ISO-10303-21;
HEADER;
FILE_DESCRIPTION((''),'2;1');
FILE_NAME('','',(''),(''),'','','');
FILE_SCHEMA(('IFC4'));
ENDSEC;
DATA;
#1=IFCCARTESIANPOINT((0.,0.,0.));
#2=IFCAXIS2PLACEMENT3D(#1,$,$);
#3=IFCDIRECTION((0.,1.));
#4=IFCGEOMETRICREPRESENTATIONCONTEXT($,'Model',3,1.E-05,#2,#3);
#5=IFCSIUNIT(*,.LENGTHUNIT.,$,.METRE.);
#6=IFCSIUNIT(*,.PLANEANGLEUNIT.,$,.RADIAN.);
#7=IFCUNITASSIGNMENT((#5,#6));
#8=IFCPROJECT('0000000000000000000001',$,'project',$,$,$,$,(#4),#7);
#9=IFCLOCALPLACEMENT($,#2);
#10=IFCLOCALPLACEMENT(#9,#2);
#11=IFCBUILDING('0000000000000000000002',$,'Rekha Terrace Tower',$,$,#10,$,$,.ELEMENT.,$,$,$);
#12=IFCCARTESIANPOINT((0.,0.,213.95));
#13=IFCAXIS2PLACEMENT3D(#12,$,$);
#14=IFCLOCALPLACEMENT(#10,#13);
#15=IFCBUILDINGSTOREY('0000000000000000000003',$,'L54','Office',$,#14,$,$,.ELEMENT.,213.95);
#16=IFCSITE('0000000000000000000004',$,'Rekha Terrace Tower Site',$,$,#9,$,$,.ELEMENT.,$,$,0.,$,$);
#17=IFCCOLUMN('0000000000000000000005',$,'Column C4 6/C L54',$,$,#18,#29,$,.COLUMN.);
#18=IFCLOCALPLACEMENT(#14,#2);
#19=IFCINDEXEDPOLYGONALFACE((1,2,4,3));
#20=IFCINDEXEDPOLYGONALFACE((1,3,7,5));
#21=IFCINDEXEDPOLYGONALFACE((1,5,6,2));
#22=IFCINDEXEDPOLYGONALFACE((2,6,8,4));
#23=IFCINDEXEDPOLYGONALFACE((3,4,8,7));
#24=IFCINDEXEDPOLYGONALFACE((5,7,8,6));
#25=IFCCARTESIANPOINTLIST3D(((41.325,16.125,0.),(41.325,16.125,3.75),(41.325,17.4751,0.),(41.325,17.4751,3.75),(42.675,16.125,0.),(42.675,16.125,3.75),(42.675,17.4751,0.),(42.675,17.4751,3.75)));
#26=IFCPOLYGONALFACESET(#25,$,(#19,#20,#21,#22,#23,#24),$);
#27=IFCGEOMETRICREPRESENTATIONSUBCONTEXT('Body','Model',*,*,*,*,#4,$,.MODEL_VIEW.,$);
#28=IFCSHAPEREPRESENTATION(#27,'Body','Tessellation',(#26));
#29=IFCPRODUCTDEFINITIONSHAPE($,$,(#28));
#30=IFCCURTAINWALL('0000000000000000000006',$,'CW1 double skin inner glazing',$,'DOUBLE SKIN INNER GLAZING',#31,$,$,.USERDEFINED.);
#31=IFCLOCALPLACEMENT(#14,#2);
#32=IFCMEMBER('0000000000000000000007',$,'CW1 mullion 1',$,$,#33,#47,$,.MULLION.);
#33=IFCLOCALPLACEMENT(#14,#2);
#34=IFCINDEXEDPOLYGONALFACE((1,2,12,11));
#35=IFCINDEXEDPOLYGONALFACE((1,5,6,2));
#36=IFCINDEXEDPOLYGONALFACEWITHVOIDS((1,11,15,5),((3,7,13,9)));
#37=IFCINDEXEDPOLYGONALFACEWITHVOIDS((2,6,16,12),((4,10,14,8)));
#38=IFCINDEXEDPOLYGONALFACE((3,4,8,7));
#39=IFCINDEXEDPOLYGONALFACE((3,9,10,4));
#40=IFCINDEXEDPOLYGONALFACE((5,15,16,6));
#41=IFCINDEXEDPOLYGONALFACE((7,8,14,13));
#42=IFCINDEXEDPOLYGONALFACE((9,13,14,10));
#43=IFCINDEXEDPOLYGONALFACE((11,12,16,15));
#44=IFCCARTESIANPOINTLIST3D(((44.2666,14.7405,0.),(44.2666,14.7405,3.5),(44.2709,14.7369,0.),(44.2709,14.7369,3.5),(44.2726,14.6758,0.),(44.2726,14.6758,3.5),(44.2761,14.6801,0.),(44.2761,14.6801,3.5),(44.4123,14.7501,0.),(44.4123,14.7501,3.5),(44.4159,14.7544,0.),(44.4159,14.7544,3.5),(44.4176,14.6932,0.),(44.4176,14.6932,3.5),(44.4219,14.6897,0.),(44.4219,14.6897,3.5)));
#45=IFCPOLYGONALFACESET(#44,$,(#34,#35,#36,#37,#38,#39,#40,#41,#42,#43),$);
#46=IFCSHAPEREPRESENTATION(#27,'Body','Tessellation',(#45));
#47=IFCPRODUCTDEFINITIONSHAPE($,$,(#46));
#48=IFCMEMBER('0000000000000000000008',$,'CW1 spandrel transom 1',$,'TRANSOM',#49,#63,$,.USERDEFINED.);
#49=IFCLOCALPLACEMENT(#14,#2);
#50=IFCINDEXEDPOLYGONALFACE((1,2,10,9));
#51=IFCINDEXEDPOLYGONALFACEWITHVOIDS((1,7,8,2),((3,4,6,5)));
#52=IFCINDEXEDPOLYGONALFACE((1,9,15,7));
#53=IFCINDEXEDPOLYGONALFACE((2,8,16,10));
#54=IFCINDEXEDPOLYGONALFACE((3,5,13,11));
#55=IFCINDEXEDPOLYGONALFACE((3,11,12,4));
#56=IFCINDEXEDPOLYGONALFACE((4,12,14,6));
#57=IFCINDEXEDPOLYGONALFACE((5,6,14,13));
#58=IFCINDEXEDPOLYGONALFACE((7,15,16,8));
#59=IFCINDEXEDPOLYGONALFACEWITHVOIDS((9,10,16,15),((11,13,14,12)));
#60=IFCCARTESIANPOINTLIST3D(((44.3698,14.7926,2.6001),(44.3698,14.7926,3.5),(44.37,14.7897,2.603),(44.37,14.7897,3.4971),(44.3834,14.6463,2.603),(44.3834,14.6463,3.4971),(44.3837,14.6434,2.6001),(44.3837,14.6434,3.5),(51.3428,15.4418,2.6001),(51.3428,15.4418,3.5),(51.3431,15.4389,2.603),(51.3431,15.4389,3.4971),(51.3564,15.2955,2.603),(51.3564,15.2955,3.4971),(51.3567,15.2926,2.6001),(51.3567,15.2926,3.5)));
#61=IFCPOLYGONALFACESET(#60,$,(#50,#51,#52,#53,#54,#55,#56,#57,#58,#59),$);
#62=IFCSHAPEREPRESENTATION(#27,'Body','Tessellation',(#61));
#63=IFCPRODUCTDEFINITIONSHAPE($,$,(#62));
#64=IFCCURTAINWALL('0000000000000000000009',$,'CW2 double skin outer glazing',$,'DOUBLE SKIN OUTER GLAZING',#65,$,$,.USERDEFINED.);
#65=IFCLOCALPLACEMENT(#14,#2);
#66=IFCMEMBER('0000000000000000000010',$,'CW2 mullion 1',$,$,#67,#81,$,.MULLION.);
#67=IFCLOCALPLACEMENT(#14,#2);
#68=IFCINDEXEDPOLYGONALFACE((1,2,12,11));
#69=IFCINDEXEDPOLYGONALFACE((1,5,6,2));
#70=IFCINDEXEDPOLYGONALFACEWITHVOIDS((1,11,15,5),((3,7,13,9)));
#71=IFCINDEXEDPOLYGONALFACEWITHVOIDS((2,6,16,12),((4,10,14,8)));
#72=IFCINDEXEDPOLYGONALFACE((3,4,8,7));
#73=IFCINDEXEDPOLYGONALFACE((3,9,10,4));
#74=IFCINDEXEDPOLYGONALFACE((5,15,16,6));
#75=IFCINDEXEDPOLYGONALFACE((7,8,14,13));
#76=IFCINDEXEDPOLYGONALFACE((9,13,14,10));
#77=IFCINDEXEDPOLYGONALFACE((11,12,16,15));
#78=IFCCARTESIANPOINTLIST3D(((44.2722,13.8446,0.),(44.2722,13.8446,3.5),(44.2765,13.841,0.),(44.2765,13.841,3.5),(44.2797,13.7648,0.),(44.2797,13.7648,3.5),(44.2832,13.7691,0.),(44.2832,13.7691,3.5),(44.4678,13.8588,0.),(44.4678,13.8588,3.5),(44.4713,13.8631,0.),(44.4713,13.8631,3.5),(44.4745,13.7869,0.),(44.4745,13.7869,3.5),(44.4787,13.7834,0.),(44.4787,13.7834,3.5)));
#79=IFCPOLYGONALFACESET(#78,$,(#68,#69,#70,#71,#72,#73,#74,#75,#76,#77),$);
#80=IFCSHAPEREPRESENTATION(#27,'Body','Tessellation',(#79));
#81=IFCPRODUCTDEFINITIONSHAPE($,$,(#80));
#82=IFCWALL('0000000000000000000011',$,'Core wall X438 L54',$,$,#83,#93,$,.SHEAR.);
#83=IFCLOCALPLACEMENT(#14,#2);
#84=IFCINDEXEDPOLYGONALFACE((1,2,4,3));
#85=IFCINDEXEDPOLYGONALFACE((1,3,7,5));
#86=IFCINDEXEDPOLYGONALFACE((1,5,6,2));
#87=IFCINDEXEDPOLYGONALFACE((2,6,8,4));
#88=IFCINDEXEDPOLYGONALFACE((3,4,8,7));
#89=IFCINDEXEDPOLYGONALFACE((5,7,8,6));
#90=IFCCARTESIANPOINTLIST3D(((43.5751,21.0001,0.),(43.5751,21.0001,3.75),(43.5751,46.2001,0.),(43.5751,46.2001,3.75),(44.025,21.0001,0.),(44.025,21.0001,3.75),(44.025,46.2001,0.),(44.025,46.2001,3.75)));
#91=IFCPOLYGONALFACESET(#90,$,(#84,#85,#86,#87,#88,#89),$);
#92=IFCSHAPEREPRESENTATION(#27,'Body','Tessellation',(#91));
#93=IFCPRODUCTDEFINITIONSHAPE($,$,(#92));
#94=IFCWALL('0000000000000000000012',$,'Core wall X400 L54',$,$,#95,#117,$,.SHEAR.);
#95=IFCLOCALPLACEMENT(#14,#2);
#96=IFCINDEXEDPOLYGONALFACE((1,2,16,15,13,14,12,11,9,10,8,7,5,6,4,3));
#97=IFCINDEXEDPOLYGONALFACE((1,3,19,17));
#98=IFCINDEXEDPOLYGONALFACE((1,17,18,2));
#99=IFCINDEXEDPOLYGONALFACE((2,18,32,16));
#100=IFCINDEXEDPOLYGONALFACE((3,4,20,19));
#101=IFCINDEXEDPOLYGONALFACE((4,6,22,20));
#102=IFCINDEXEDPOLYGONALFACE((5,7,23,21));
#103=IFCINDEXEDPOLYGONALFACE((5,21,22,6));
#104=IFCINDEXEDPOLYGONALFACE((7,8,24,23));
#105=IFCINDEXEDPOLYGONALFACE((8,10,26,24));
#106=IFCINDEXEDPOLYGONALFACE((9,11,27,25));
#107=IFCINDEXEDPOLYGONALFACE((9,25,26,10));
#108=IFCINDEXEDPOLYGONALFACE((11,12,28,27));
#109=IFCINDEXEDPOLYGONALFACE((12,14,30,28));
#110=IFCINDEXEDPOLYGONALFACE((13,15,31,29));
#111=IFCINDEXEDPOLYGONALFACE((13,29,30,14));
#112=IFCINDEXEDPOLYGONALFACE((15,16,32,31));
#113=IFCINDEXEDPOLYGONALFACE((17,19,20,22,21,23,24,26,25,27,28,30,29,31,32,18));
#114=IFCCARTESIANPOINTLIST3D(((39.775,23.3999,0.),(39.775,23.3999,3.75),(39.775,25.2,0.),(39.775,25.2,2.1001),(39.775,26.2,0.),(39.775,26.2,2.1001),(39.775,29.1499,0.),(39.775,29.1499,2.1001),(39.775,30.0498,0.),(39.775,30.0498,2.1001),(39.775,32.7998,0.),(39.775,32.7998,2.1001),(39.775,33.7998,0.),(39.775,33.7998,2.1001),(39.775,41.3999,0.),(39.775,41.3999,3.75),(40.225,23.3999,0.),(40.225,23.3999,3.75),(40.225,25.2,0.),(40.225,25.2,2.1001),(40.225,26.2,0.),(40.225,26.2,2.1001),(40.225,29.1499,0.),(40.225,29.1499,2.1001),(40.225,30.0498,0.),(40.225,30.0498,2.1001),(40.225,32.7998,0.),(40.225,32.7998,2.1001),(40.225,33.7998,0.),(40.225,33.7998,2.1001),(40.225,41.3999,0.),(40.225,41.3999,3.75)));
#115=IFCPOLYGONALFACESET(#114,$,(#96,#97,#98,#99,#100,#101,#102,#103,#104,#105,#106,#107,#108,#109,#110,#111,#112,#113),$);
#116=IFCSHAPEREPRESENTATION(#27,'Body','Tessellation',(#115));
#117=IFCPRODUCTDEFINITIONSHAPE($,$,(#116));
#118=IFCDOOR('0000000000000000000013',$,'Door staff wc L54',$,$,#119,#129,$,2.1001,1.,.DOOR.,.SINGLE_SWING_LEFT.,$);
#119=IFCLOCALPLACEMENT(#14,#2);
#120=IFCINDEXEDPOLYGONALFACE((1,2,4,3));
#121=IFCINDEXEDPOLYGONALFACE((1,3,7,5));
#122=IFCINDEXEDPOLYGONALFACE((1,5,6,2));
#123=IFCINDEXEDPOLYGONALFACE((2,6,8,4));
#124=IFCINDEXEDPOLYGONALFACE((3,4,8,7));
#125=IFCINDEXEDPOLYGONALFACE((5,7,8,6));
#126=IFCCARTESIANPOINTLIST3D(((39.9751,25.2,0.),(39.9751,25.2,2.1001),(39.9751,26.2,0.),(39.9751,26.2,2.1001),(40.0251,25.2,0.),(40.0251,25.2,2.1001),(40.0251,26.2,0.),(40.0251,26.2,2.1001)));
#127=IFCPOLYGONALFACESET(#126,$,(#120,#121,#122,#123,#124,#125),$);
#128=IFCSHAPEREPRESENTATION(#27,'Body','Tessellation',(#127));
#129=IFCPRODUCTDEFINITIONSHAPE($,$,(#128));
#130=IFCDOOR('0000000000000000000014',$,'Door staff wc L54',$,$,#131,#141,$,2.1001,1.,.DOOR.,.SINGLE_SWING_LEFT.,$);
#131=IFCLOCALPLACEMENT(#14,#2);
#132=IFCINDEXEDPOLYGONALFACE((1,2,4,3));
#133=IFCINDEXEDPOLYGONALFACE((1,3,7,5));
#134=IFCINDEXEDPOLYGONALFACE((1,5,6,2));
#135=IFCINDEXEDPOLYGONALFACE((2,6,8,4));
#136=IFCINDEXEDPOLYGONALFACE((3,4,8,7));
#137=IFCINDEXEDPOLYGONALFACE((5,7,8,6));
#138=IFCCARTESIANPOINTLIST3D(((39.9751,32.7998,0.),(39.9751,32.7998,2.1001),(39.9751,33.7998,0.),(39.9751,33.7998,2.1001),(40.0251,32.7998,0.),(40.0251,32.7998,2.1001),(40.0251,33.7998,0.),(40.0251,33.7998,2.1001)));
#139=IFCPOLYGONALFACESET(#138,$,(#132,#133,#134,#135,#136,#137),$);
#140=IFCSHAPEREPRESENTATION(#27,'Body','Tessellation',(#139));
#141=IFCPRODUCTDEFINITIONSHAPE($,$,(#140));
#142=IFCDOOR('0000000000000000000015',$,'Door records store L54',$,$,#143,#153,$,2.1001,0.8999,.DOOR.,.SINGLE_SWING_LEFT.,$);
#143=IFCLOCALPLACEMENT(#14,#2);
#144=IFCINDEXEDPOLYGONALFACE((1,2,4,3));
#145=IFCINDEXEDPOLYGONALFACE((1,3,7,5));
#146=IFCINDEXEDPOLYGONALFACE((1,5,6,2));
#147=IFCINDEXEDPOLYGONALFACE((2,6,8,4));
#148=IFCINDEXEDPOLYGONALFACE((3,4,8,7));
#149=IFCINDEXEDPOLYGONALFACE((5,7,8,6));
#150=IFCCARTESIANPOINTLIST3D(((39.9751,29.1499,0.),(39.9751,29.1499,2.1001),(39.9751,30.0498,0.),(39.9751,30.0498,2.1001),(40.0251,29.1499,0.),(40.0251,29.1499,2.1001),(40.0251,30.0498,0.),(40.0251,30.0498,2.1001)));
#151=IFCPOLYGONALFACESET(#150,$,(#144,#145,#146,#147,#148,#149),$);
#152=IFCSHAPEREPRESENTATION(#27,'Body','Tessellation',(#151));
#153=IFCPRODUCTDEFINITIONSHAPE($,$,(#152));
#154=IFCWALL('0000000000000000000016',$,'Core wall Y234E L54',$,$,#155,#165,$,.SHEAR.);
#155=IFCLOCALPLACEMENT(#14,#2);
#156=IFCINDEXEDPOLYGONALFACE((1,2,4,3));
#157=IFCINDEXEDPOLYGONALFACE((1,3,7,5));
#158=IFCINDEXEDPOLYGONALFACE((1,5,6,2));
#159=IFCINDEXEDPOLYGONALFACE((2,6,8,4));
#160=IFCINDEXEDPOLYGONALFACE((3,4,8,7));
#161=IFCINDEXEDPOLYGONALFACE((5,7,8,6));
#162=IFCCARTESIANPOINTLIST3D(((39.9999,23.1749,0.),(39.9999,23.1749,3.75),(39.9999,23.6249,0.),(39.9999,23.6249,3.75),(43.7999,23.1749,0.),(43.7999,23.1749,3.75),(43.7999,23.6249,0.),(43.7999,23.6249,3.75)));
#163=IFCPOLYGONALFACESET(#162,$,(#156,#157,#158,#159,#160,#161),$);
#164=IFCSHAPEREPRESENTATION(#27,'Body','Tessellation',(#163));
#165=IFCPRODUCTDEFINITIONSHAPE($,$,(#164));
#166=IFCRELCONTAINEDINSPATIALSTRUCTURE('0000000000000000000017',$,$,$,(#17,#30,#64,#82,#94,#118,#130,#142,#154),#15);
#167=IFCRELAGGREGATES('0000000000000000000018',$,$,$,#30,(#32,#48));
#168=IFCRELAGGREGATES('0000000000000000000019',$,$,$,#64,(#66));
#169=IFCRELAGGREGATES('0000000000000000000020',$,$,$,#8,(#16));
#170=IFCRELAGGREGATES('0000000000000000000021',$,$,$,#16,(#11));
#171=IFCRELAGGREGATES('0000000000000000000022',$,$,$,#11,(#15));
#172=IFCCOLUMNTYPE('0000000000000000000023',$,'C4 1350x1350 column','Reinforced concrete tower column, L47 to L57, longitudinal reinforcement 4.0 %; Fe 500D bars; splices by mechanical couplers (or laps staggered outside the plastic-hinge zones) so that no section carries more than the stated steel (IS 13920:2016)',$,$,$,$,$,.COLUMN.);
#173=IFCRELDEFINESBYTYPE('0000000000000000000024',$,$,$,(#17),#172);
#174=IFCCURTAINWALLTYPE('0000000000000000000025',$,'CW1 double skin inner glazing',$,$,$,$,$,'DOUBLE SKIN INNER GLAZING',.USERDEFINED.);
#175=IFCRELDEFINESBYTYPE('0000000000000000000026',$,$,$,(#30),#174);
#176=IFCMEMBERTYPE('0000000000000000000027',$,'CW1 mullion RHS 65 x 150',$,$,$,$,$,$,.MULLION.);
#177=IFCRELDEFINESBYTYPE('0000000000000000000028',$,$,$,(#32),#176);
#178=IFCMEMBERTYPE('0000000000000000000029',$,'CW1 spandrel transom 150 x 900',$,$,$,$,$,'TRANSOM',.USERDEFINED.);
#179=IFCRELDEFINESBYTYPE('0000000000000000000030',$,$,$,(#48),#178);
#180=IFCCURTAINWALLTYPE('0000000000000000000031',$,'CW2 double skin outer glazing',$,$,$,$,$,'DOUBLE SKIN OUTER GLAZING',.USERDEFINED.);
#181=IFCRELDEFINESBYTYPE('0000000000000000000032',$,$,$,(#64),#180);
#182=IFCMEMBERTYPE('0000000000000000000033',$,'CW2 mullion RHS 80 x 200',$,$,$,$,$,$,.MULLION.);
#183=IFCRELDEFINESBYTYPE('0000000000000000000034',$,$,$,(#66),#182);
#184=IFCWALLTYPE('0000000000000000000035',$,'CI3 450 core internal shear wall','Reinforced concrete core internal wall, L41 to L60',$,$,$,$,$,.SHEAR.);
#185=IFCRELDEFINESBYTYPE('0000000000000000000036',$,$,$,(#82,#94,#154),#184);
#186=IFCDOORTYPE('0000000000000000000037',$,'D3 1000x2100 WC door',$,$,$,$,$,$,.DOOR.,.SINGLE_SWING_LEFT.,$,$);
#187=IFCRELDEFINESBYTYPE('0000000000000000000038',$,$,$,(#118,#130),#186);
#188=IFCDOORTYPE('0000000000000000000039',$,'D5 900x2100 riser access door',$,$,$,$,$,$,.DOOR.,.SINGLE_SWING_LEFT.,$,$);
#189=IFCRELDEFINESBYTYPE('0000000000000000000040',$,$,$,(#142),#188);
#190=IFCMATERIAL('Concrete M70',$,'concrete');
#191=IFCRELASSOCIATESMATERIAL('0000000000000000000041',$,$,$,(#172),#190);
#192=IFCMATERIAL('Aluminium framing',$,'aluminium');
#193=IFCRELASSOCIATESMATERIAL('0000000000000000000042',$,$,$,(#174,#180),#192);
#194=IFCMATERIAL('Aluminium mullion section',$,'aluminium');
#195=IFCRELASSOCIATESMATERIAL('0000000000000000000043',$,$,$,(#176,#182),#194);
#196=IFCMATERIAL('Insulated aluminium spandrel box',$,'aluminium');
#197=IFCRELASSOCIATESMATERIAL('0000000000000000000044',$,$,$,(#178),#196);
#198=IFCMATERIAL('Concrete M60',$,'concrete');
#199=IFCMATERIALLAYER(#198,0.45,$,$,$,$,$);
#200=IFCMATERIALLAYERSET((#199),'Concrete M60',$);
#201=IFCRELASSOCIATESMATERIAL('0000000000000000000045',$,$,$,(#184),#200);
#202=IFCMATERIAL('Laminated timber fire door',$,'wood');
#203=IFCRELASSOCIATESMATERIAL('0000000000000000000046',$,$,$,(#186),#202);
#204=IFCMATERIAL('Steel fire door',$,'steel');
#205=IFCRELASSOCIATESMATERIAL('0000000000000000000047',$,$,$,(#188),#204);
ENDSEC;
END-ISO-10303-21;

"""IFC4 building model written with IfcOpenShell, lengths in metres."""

from ifc_helpers import new_model, si_unit, direction, frame, frame_2d, origin, origin_2d, place, context, subcontext, project, spatial, rectangle, hollow_rectangle, extrude, material, layer, layer_set, material_profile, profile_set, type_object, element, fill, aggregate, save


model = new_model("IFC4")

# Units and contexts
model_context = context("Model", 3, precision=1e-05, world=origin(), true_north=direction((0.0, 1.0)))
body_context = subcontext(model_context, "Body", "Model", "MODEL_VIEW")
ifc_project = project(units=[si_unit("LENGTHUNIT", "METRE"), si_unit("PLANEANGLEUNIT", "RADIAN")], contexts=[model_context])

# Site, building, storey
site_placement = place(None, origin())
site = spatial("IfcSite", under=ifc_project, at=site_placement, Name="Rekha Terrace Tower Site", CompositionType="ELEMENT", RefElevation=0.0)
building_placement = place(site_placement, origin())
building = spatial("IfcBuilding", under=site, at=building_placement, Name="Rekha Terrace Tower", CompositionType="ELEMENT")
storey_placement = place(building_placement, frame((0.0, 0.0, 213.95)))
storey = spatial("IfcBuildingStorey", under=building, at=storey_placement, Name="L54", Description="Office", CompositionType="ELEMENT", Elevation=213.95)

# Column
ifc_material_1 = material(Name="Concrete M70", Category="concrete")
ifc_material_profile_1 = material_profile(ifc_material_1, rectangle(XDim=1.3501, YDim=1.3501, at=origin_2d()), Name="RC 1350x1350")
ifc_profile_set_1 = profile_set([ifc_material_profile_1], Name="Concrete M70")
column_type = type_object("IfcColumnType", Name="C4 1350x1350 column", Description="Reinforced concrete tower column, L47 to L57, longitudinal reinforcement 4.0 %; Fe 500D bars; splices by mechanical couplers (or laps staggered outside the plastic-hinge zones) so that no section carries more than the stated steel (IS 13920:2016)", PredefinedType="COLUMN", material=ifc_profile_set_1)
column_placement = place(storey_placement, frame((42.0, 16.8, 0.0), z_axis=(0.0, 0.0, 1.0), x_axis=(1.0, 0.0, 0.0)))
element("IfcColumn", 1, at=column_placement, inside=storey, type_object=column_type, Name="Column C4 6/C L54", PredefinedType="COLUMN", context=body_context, shape_type="SweptSolid", body=[
    extrude(rectangle(XDim=1.3501, YDim=1.3501, at=origin_2d()), origin(), (0.0, 0.0, 1.0), 3.75),
])

# Curtain wall, members
ifc_material_2 = material(Name="Aluminium framing", Category="aluminium")
curtain_wall_type_1 = type_object("IfcCurtainWallType", Name="CW1 double skin inner glazing", ElementType="DOUBLE SKIN INNER GLAZING", PredefinedType="USERDEFINED", material=ifc_material_2)
curtain_wall_1_placement = place(storey_placement, origin())
curtain_wall_1 = element("IfcCurtainWall", 2, at=curtain_wall_1_placement, inside=storey, type_object=curtain_wall_type_1, Name="CW1 double skin inner glazing", ObjectType="DOUBLE SKIN INNER GLAZING", PredefinedType="USERDEFINED")
ifc_material_3 = material(Name="Aluminium mullion section", Category="aluminium")
ifc_material_profile_2 = material_profile(ifc_material_3, hollow_rectangle(XDim=0.0649, YDim=0.1499, WallThickness=0.0039, at=origin_2d()), Name="AL RHS 65x150")
ifc_profile_set_2 = profile_set([ifc_material_profile_2], Name="Aluminium mullion section")
member_type_1 = type_object("IfcMemberType", Name="CW1 mullion RHS 65 x 150", PredefinedType="MULLION", material=ifc_profile_set_2)
member_1_placement = place(storey_placement, frame((44.3442, 14.7151, 0.0), z_axis=(0.0, 0.0, 1.0), x_axis=(-0.092709, 0.995693, 0.0)))
member_1 = element("IfcMember", 3, at=member_1_placement, type_object=member_type_1, Name="CW1 mullion 1", PredefinedType="MULLION", context=body_context, shape_type="SweptSolid", body=[
    extrude(hollow_rectangle(XDim=0.0649, YDim=0.1499, WallThickness=0.0039, at=origin_2d()), origin(), (0.0, 0.0, 1.0), 3.5),
])
ifc_material_4 = material(Name="Insulated aluminium spandrel box", Category="aluminium")
ifc_material_profile_3 = material_profile(ifc_material_4, hollow_rectangle(XDim=0.1499, YDim=0.8999, WallThickness=0.0029, at=origin_2d()), Name="AL SPANDREL BOX 150x900")
ifc_profile_set_3 = profile_set([ifc_material_profile_3], Name="Insulated aluminium spandrel box")
member_type_2 = type_object("IfcMemberType", Name="CW1 spandrel transom 150 x 900", ElementType="TRANSOM", PredefinedType="USERDEFINED", material=ifc_profile_set_3)
member_2_placement = place(storey_placement, frame((44.3767, 14.718, 3.05), z_axis=(0.995694, 0.092698, 0.0), x_axis=(-0.092698, 0.995694, 0.0)))
member_2 = element("IfcMember", 4, at=member_2_placement, type_object=member_type_2, Name="CW1 spandrel transom 1", ObjectType="TRANSOM", PredefinedType="USERDEFINED", context=body_context, shape_type="SweptSolid", body=[
    extrude(hollow_rectangle(XDim=0.1499, YDim=0.8999, WallThickness=0.0029, at=origin_2d()), origin(), (0.0, 0.0, 1.0), 7.0032),
])
aggregate(curtain_wall_1, [member_1, member_2])

# Curtain wall, member
curtain_wall_type_2 = type_object("IfcCurtainWallType", Name="CW2 double skin outer glazing", ElementType="DOUBLE SKIN OUTER GLAZING", PredefinedType="USERDEFINED", material=ifc_material_2)
curtain_wall_2_placement = place(storey_placement, origin())
curtain_wall_2 = element("IfcCurtainWall", 5, at=curtain_wall_2_placement, inside=storey, type_object=curtain_wall_type_2, Name="CW2 double skin outer glazing", ObjectType="DOUBLE SKIN OUTER GLAZING", PredefinedType="USERDEFINED")
ifc_material_profile_4 = material_profile(ifc_material_3, hollow_rectangle(XDim=0.0801, YDim=0.2, WallThickness=0.0039, at=origin_2d()), Name="AL RHS 80x200")
ifc_profile_set_4 = profile_set([ifc_material_profile_4], Name="Aluminium mullion section")
member_type_3 = type_object("IfcMemberType", Name="CW2 mullion RHS 80 x 200", PredefinedType="MULLION", material=ifc_profile_set_4)
member_3_placement = place(storey_placement, frame((44.3755, 13.814, 0.0), z_axis=(0.0, 0.0, 1.0), x_axis=(-0.092709, 0.995693, 0.0)))
member_3 = element("IfcMember", 6, at=member_3_placement, type_object=member_type_3, Name="CW2 mullion 1", PredefinedType="MULLION", context=body_context, shape_type="SweptSolid", body=[
    extrude(hollow_rectangle(XDim=0.0801, YDim=0.2, WallThickness=0.0039, at=origin_2d()), origin(), (0.0, 0.0, 1.0), 3.5),
])
aggregate(curtain_wall_2, [member_3])

# Wall
ifc_material_5 = material(Name="Concrete M60", Category="concrete")
ifc_layer_1 = layer(ifc_material_5, 0.45)
ifc_layer_set_1 = layer_set([ifc_layer_1], Name="Concrete M60")
wall_type_1 = type_object("IfcWallType", Name="CI3 450 core internal shear wall", Description="Reinforced concrete core internal wall, L41 to L60", PredefinedType="SHEAR", material=ifc_layer_set_1)
wall_1_placement = place(storey_placement, frame((43.8, 21.0, 0.0), z_axis=(0.0, 0.0, 1.0), x_axis=(0.0, 1.0, 0.0)))
element("IfcWall", 7, at=wall_1_placement, inside=storey, type_object=wall_type_1, Name="Core wall X438 L54", PredefinedType="SHEAR", context=body_context, shape_type="SweptSolid", body=[
    extrude(rectangle(XDim=25.2, YDim=0.45, at=frame_2d((12.6001, 0.0))), origin(), (0.0, 0.0, 1.0), 3.75),
])

# Wall, openings, doors
wall_2_placement = place(storey_placement, frame((40.0, 23.3999, 0.0), z_axis=(0.0, 0.0, 1.0), x_axis=(0.0, 1.0, 0.0)))
wall_2 = element("IfcWall", 8, at=wall_2_placement, inside=storey, type_object=wall_type_1, Name="Core wall X400 L54", PredefinedType="SHEAR", context=body_context, shape_type="SweptSolid", body=[
    extrude(rectangle(XDim=18.0, YDim=0.45, at=frame_2d((9.0, 0.0))), origin(), (0.0, 0.0, 1.0), 3.75),
])
opening_1_placement = place(wall_2_placement, frame((1.8, 0.0, 0.0)))
opening_1 = element("IfcOpeningElement", 9, at=opening_1_placement, cuts=wall_2, PredefinedType="OPENING", context=body_context, shape_type="SweptSolid", body=[
    extrude(rectangle(XDim=1.0, YDim=2.1001, at=frame_2d((0.5, 1.05))), frame((0.0, 0.2349, 0.0), z_axis=(0.0, -1.0, 0.0), x_axis=(1.0, 0.0, 0.0)), (0.0, 0.0, 1.0), 0.47),
])
opening_2_placement = place(wall_2_placement, frame((5.75, 0.0, 0.0)))
opening_2 = element("IfcOpeningElement", 10, at=opening_2_placement, cuts=wall_2, PredefinedType="OPENING", context=body_context, shape_type="SweptSolid", body=[
    extrude(rectangle(XDim=0.8999, YDim=2.1001, at=frame_2d((0.45, 1.05))), frame((0.0, 0.2349, 0.0), z_axis=(0.0, -1.0, 0.0), x_axis=(1.0, 0.0, 0.0)), (0.0, 0.0, 1.0), 0.47),
])
opening_3_placement = place(wall_2_placement, frame((9.3999, 0.0, 0.0)))
opening_3 = element("IfcOpeningElement", 11, at=opening_3_placement, cuts=wall_2, PredefinedType="OPENING", context=body_context, shape_type="SweptSolid", body=[
    extrude(rectangle(XDim=1.0, YDim=2.1001, at=frame_2d((0.5, 1.05))), frame((0.0, 0.2349, 0.0), z_axis=(0.0, -1.0, 0.0), x_axis=(1.0, 0.0, 0.0)), (0.0, 0.0, 1.0), 0.47),
])
ifc_material_6 = material(Name="Laminated timber fire door", Category="wood")
door_type_1 = type_object("IfcDoorType", Name="D3 1000x2100 WC door", OperationType="SINGLE_SWING_LEFT", PredefinedType="DOOR", material=ifc_material_6)
door_1_placement = place(opening_1_placement, origin())
door_1 = element("IfcDoor", 12, at=door_1_placement, inside=storey, type_object=door_type_1, Name="Door staff wc L54", OperationType="SINGLE_SWING_LEFT", OverallHeight=2.1001, OverallWidth=1.0, PredefinedType="DOOR", context=body_context, shape_type="SweptSolid", body=[
    extrude(rectangle(XDim=1.0, YDim=2.1001, at=frame_2d((0.5, 1.05))), frame((0.0, 0.0249, 0.0), z_axis=(0.0, -1.0, 0.0), x_axis=(1.0, 0.0, 0.0)), (0.0, 0.0, 1.0), 0.05),
])
fill(opening_1, door_1)
door_2_placement = place(opening_3_placement, origin())
door_2 = element("IfcDoor", 13, at=door_2_placement, inside=storey, type_object=door_type_1, Name="Door staff wc L54", OperationType="SINGLE_SWING_LEFT", OverallHeight=2.1001, OverallWidth=1.0, PredefinedType="DOOR", context=body_context, shape_type="SweptSolid", body=[
    extrude(rectangle(XDim=1.0, YDim=2.1001, at=frame_2d((0.5, 1.05))), frame((0.0, 0.0249, 0.0), z_axis=(0.0, -1.0, 0.0), x_axis=(1.0, 0.0, 0.0)), (0.0, 0.0, 1.0), 0.05),
])
fill(opening_3, door_2)
ifc_material_7 = material(Name="Steel fire door", Category="steel")
door_type_2 = type_object("IfcDoorType", Name="D5 900x2100 riser access door", OperationType="SINGLE_SWING_LEFT", PredefinedType="DOOR", material=ifc_material_7)
door_3_placement = place(opening_2_placement, origin())
door_3 = element("IfcDoor", 14, at=door_3_placement, inside=storey, type_object=door_type_2, Name="Door records store L54", OperationType="SINGLE_SWING_LEFT", OverallHeight=2.1001, OverallWidth=0.8999, PredefinedType="DOOR", context=body_context, shape_type="SweptSolid", body=[
    extrude(rectangle(XDim=0.8999, YDim=2.1001, at=frame_2d((0.45, 1.05))), frame((0.0, 0.0249, 0.0), z_axis=(0.0, -1.0, 0.0), x_axis=(1.0, 0.0, 0.0)), (0.0, 0.0, 1.0), 0.05),
])
fill(opening_2, door_3)

# Wall
wall_3_placement = place(storey_placement, frame((40.0, 23.3999, 0.0), z_axis=(0.0, 0.0, 1.0), x_axis=(1.0, 0.0, 0.0)))
element("IfcWall", 15, at=wall_3_placement, inside=storey, type_object=wall_type_1, Name="Core wall Y234E L54", PredefinedType="SHEAR", context=body_context, shape_type="SweptSolid", body=[
    extrude(rectangle(XDim=3.8, YDim=0.45, at=frame_2d((1.8999, 0.0))), origin(), (0.0, 0.0, 1.0), 3.75),
])

save(model, "model.ifc")
